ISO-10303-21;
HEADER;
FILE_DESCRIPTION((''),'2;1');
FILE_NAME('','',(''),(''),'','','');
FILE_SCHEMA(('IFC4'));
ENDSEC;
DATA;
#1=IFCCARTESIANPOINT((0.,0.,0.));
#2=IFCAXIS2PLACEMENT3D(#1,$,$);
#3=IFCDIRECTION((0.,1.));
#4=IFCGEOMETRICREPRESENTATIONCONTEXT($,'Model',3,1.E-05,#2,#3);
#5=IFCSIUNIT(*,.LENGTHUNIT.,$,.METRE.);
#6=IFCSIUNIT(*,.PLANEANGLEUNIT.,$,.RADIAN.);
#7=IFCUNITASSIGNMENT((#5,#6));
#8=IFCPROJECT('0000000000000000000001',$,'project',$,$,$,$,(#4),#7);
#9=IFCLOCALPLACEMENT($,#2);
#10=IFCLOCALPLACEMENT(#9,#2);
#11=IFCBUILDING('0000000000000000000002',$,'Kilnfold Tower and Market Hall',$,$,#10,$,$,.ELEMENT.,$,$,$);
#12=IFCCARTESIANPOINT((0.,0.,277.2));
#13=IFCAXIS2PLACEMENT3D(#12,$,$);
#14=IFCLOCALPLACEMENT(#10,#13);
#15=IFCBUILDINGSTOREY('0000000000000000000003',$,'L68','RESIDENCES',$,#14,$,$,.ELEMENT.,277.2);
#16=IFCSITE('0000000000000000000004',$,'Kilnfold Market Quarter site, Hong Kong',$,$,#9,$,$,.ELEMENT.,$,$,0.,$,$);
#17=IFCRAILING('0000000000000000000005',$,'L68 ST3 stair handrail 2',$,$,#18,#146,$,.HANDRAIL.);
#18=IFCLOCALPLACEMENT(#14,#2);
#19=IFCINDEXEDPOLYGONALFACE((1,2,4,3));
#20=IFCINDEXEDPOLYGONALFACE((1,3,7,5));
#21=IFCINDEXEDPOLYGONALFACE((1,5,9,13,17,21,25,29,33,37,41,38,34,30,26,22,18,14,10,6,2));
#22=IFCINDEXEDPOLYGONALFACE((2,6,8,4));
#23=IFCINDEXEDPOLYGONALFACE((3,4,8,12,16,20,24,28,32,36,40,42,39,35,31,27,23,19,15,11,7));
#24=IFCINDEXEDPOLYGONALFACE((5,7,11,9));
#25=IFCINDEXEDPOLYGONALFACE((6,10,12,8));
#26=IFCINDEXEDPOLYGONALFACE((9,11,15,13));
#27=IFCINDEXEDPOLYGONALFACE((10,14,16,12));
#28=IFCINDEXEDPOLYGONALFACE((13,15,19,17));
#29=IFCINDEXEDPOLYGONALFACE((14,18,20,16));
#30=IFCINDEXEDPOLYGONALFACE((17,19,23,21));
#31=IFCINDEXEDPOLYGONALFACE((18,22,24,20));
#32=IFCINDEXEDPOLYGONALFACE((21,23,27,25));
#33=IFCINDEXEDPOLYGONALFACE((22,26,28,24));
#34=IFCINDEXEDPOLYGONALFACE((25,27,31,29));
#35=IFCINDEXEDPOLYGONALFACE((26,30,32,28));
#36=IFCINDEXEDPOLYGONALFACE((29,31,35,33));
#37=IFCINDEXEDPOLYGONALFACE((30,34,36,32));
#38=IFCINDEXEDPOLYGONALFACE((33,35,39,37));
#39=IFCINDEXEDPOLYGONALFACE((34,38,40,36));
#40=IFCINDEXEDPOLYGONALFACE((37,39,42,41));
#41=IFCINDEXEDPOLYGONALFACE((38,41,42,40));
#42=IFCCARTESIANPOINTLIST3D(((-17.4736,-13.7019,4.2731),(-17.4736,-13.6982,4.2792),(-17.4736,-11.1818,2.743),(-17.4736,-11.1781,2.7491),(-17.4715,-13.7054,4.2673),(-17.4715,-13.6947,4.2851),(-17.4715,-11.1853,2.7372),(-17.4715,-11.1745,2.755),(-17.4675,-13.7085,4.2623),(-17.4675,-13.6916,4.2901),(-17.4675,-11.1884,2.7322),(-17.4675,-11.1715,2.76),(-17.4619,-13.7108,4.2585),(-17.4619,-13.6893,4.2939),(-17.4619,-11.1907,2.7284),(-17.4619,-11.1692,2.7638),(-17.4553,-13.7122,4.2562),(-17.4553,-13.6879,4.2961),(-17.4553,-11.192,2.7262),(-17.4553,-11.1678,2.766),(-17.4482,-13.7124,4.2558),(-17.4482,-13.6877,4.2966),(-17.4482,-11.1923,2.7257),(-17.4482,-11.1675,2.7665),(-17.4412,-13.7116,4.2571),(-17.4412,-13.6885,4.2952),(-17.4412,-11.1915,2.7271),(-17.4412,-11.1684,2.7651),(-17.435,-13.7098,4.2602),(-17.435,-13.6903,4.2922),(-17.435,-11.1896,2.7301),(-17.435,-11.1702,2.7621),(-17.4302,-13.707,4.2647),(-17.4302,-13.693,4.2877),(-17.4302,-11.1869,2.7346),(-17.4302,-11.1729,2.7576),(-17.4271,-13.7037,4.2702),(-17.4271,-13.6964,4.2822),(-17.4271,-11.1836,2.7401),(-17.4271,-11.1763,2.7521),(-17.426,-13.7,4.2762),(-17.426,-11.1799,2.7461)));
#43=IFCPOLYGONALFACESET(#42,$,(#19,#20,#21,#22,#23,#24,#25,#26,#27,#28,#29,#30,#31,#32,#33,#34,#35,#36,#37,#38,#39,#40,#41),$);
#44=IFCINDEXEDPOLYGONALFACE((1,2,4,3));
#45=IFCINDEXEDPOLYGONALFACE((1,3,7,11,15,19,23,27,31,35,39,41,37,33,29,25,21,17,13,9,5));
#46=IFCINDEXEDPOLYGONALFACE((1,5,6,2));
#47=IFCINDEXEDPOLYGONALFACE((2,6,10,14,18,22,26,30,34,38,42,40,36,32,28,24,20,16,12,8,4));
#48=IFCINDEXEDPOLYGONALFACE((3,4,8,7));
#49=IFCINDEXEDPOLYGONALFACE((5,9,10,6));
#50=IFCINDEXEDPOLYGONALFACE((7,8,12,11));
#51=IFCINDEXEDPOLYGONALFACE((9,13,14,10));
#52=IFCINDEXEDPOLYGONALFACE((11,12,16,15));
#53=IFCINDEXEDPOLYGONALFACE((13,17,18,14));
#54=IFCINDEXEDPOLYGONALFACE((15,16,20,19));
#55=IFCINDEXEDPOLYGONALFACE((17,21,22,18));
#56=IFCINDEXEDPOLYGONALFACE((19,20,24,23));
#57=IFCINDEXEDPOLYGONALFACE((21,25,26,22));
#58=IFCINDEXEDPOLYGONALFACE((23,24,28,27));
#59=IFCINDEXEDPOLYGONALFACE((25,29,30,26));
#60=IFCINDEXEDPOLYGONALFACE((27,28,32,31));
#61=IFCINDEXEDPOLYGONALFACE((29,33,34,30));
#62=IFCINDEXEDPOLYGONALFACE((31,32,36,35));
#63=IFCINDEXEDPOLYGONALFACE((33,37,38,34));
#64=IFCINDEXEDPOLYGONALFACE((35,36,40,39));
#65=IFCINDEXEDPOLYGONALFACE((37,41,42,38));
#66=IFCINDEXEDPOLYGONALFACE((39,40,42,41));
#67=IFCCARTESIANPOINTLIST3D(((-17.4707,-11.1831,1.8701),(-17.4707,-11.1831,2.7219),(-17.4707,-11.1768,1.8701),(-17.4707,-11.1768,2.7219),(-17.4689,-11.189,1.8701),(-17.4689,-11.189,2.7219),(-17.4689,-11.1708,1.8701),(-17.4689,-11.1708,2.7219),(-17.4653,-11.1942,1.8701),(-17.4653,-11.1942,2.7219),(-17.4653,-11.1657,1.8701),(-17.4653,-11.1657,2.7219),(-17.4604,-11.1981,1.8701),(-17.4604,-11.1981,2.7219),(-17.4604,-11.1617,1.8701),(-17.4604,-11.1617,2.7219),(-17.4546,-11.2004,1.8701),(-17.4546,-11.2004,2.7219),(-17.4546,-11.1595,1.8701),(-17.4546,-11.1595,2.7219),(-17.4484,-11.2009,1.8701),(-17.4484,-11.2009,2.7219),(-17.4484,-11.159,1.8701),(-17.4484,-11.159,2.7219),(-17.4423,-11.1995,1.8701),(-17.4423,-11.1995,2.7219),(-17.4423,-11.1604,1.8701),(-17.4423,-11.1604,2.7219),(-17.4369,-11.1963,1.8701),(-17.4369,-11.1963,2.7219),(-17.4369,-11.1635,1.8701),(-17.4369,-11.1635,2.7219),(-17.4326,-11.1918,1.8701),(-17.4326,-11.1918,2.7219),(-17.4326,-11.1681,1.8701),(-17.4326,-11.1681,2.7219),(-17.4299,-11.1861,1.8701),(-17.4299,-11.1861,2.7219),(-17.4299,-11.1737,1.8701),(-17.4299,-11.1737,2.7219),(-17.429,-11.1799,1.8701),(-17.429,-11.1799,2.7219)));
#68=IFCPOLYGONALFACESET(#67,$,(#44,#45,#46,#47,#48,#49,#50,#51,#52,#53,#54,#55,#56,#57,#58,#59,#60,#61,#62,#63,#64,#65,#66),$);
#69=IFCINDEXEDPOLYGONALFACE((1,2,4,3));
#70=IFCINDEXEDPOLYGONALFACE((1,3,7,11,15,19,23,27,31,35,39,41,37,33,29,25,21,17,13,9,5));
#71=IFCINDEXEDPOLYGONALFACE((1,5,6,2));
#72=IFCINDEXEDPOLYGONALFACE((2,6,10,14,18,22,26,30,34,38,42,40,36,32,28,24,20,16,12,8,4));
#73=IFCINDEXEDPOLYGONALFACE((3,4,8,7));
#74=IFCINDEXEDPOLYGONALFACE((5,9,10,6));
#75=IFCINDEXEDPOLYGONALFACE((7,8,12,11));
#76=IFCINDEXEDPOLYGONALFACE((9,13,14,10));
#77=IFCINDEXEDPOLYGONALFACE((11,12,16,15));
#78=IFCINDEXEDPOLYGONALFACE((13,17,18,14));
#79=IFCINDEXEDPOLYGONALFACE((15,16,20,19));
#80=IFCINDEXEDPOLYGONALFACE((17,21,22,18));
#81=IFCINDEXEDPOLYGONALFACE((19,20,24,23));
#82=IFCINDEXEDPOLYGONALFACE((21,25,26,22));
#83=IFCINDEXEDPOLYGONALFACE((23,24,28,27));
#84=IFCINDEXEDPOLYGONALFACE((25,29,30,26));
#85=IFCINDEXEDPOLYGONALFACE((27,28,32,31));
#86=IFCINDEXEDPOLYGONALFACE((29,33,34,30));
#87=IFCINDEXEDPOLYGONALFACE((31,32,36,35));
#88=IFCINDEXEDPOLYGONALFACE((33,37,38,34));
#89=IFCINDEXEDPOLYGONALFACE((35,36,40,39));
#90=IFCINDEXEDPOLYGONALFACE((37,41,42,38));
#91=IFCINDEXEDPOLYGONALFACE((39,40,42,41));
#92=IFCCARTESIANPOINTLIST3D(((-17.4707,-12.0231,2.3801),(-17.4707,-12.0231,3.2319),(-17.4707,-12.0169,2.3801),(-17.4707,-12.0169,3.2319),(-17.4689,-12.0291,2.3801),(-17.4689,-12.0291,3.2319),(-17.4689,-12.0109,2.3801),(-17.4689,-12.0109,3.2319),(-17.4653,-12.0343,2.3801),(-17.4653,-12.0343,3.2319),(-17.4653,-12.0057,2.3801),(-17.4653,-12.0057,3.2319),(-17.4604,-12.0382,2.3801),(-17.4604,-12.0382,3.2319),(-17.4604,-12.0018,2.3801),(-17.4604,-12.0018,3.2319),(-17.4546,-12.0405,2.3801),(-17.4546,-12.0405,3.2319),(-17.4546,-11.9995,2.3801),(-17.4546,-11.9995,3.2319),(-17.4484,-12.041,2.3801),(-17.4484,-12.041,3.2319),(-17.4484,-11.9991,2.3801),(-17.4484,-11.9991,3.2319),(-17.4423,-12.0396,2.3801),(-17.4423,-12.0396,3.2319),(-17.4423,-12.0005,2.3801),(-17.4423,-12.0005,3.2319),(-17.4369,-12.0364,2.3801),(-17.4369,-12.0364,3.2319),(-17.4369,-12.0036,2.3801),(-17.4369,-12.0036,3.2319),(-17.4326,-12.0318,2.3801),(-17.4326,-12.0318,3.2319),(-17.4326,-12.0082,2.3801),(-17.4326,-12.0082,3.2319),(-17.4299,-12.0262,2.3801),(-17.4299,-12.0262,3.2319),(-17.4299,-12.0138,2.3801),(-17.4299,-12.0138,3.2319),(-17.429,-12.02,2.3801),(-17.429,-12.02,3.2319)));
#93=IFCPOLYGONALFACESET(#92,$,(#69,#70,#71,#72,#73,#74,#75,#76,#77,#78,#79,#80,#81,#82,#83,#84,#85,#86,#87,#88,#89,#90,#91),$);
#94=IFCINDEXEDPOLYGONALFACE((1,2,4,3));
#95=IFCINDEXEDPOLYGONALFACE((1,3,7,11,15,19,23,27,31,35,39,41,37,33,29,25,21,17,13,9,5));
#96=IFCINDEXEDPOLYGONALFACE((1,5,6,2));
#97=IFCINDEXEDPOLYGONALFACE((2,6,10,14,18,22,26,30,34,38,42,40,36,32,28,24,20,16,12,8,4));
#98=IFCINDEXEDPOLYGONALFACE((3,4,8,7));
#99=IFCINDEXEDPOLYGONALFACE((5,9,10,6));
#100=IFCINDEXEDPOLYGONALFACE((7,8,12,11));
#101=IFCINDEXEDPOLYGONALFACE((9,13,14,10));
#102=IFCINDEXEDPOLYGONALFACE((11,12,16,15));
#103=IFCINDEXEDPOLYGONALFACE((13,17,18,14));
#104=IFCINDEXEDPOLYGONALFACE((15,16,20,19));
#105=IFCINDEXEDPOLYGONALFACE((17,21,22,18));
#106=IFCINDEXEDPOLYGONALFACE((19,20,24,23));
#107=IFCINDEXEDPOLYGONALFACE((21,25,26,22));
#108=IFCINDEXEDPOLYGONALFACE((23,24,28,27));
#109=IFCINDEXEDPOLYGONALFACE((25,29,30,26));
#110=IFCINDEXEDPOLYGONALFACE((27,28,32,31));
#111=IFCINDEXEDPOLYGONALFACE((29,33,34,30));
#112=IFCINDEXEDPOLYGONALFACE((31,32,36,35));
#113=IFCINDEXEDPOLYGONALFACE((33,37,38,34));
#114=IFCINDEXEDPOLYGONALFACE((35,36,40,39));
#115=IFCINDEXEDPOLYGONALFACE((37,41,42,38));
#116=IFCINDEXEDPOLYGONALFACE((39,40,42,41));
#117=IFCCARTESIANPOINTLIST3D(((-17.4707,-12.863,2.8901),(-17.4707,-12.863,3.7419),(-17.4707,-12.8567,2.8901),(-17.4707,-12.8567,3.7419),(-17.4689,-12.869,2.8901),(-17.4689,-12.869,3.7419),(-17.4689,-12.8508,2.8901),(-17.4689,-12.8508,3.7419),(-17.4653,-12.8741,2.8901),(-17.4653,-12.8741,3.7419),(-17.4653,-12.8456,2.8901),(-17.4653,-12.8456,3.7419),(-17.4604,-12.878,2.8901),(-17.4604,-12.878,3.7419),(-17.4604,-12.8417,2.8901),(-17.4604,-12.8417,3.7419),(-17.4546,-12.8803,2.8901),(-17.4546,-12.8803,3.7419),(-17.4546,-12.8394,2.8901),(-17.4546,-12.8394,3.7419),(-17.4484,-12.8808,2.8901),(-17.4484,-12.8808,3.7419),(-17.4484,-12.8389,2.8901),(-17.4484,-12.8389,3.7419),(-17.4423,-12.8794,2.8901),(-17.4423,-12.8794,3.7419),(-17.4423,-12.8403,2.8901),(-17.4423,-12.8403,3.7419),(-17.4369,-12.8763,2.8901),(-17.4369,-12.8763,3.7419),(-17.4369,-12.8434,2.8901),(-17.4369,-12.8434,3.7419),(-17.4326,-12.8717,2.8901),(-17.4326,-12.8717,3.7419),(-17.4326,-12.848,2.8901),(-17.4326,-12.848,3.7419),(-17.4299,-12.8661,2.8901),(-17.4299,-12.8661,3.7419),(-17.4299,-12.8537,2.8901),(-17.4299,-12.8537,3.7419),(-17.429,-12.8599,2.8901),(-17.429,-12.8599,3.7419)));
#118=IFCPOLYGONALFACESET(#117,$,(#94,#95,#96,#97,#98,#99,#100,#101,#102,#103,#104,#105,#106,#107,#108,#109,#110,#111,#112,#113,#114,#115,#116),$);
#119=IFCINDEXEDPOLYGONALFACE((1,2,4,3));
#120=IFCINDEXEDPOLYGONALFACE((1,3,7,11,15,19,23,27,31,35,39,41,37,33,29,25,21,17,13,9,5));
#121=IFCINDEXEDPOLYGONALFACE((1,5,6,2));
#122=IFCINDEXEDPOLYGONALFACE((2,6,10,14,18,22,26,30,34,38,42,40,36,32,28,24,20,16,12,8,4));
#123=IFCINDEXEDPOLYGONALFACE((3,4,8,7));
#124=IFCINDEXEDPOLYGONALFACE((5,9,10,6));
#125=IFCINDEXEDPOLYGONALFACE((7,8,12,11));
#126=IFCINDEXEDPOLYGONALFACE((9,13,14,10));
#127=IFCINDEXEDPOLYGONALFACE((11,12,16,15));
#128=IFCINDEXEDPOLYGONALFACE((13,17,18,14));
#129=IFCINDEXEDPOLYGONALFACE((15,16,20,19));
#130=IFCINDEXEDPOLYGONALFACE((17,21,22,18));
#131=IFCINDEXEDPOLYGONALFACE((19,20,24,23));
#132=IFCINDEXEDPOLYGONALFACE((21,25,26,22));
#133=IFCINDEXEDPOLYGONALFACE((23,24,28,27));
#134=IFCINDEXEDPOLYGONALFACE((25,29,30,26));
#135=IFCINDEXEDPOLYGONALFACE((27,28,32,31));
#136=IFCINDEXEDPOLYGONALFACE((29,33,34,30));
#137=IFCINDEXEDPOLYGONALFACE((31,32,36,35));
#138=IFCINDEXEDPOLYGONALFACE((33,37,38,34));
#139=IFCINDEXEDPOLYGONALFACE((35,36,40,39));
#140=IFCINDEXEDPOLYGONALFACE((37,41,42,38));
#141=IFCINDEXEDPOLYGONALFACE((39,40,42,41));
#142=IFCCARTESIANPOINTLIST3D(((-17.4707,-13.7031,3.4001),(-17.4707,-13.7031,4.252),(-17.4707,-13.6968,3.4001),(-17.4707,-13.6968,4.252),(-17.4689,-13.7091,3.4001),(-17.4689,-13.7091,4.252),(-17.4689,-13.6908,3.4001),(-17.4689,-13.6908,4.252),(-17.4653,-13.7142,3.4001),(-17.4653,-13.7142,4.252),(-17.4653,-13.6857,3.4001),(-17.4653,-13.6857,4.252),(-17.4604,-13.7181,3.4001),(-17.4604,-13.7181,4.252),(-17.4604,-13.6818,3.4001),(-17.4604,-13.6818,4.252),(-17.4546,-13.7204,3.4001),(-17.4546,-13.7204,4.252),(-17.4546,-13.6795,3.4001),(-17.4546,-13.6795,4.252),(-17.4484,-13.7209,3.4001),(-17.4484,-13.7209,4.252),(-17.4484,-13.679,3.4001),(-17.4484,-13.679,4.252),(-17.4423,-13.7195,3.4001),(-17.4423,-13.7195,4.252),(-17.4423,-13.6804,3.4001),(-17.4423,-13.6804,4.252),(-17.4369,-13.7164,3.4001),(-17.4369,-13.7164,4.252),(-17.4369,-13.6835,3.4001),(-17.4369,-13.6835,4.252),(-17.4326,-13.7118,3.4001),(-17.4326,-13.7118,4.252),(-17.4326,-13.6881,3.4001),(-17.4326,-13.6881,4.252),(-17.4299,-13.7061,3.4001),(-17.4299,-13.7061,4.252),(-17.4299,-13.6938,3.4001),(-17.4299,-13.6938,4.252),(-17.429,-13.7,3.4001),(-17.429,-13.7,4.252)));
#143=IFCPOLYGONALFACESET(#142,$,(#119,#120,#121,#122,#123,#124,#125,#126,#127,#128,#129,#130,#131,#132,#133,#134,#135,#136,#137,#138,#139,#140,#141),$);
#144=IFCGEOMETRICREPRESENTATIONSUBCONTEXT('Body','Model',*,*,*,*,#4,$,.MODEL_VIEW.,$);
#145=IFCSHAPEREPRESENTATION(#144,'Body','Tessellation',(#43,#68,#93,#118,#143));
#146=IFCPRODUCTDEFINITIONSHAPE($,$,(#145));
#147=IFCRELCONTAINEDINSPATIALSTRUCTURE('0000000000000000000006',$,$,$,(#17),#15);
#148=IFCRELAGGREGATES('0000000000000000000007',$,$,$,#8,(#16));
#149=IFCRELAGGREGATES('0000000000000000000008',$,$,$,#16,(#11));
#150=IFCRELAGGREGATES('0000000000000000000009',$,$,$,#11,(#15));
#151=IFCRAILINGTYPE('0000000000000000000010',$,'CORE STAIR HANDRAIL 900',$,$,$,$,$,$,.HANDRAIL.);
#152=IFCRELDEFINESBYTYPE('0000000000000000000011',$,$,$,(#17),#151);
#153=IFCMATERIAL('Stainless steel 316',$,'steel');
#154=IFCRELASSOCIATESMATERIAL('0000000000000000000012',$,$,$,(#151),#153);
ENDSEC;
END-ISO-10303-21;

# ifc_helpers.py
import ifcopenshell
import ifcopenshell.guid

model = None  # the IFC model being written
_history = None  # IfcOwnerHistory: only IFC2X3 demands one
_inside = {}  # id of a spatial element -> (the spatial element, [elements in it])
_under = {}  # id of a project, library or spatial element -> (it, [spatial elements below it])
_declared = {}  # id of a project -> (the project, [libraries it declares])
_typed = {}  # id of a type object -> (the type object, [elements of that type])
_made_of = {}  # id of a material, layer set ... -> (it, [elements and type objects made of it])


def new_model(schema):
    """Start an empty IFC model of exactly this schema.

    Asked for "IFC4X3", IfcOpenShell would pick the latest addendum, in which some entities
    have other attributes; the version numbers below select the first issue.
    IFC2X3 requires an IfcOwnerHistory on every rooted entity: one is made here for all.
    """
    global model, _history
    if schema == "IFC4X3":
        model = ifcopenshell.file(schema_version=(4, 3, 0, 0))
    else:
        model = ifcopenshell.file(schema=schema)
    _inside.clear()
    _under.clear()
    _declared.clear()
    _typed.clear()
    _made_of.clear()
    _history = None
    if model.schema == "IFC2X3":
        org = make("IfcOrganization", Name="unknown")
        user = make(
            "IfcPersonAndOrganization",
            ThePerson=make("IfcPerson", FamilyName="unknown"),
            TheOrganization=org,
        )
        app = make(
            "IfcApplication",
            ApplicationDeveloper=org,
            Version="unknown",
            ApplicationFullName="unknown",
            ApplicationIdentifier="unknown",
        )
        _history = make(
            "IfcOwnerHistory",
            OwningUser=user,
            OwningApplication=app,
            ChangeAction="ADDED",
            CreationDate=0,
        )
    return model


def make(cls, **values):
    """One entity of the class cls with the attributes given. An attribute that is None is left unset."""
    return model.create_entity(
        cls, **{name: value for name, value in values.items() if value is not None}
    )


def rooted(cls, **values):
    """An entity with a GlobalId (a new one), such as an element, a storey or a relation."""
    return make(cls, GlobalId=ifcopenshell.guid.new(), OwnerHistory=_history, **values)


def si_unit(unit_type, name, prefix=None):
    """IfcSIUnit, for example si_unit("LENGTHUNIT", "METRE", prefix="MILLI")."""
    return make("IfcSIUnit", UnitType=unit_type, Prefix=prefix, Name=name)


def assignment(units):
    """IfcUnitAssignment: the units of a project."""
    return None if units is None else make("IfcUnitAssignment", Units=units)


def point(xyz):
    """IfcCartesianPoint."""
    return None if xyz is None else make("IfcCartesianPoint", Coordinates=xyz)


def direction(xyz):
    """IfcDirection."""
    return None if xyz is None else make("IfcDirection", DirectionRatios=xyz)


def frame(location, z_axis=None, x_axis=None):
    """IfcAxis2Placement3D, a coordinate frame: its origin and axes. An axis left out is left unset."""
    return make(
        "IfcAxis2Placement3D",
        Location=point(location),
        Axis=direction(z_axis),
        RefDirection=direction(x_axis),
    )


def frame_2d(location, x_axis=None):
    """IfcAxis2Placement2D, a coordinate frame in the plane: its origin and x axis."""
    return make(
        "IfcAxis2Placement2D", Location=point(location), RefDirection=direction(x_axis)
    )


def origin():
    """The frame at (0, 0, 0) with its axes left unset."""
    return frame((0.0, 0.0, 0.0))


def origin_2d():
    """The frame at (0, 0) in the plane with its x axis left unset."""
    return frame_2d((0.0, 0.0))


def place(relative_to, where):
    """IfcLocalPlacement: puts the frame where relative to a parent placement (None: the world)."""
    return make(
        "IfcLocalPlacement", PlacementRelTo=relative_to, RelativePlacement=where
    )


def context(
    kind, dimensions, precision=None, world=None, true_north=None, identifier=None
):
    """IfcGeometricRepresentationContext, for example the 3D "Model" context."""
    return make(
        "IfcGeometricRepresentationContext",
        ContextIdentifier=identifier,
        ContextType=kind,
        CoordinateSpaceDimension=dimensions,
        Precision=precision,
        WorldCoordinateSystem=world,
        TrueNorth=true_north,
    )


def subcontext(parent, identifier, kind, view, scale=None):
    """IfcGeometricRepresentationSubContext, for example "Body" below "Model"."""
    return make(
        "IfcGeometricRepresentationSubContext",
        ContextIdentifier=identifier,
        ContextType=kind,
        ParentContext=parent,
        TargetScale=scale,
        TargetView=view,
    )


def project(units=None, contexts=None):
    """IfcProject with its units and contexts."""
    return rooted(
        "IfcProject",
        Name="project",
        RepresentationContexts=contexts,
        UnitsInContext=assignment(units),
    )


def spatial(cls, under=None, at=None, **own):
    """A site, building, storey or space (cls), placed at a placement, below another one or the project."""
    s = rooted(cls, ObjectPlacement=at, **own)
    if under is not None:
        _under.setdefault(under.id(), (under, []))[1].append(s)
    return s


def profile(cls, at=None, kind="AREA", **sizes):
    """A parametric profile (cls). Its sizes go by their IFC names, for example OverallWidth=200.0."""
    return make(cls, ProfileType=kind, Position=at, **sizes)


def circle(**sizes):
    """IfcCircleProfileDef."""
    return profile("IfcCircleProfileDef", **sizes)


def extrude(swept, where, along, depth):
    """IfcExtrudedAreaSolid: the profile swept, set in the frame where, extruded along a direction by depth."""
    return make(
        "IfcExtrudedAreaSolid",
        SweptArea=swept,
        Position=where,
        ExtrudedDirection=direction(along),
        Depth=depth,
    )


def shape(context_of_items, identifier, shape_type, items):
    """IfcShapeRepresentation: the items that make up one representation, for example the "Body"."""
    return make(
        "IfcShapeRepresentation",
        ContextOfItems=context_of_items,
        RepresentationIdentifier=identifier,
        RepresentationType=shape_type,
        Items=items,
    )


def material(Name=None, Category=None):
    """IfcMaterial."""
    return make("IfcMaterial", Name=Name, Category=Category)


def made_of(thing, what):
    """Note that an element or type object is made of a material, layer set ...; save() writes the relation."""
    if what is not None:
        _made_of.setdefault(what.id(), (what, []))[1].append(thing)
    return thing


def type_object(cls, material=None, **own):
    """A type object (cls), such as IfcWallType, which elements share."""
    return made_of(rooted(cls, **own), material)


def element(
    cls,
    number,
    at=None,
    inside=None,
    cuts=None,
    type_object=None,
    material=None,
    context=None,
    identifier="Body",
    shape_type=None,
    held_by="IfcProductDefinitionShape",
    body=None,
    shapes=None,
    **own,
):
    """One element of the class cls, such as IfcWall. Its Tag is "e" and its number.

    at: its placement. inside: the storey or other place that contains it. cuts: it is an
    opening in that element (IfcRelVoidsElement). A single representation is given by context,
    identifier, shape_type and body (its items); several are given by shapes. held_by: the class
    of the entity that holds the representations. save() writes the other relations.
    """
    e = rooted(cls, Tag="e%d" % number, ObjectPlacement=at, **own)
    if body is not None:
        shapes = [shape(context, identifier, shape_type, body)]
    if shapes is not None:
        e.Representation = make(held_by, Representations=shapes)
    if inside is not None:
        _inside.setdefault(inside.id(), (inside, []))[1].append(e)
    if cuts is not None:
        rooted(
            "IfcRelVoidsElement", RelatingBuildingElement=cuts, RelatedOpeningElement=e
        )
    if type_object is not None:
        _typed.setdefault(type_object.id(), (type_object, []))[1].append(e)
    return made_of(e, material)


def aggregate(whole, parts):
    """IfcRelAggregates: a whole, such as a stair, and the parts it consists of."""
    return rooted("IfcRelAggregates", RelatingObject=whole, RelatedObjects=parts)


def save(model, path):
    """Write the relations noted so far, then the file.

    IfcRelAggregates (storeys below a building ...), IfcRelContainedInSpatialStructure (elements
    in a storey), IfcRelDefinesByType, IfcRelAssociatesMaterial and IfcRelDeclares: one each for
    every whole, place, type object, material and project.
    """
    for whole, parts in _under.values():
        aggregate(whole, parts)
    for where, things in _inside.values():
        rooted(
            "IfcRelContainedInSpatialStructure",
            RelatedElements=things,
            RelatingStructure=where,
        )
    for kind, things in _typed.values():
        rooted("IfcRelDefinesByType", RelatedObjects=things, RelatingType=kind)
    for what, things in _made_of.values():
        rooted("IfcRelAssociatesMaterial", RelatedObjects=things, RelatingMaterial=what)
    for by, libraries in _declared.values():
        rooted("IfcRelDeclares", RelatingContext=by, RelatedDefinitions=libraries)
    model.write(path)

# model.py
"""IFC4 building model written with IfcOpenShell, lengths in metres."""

from ifc_helpers import new_model, si_unit, direction, frame, origin, origin_2d, place, context, subcontext, project, spatial, circle, extrude, material, type_object, element, save


model = new_model("IFC4")

# Units and contexts
model_context = context("Model", 3, precision=1e-05, world=origin(), true_north=direction((0.0, 1.0)))
body_context = subcontext(model_context, "Body", "Model", "MODEL_VIEW")
ifc_project = project(units=[si_unit("LENGTHUNIT", "METRE"), si_unit("PLANEANGLEUNIT", "RADIAN")], contexts=[model_context])

# Site, building, storey
site_placement = place(None, origin())
site = spatial("IfcSite", under=ifc_project, at=site_placement, Name="Kilnfold Market Quarter site, Hong Kong", CompositionType="ELEMENT", RefElevation=0.0)
building_placement = place(site_placement, origin())
building = spatial("IfcBuilding", under=site, at=building_placement, Name="Kilnfold Tower and Market Hall", CompositionType="ELEMENT")
storey_placement = place(building_placement, frame((0.0, 0.0, 277.2)))
storey = spatial("IfcBuildingStorey", under=building, at=storey_placement, Name="L68", Description="RESIDENCES", CompositionType="ELEMENT", Elevation=277.2)

# Railing
ifc_material_1 = material(Name="Stainless steel 316", Category="steel")
railing_type_1 = type_object("IfcRailingType", Name="CORE STAIR HANDRAIL 900", PredefinedType="HANDRAIL", material=ifc_material_1)
railing_1_placement = place(storey_placement, frame((-17.45, -11.1799, 1.8701)))
element("IfcRailing", 1, at=railing_1_placement, inside=storey, type_object=railing_type_1, Name="L68 ST3 stair handrail 2", PredefinedType="HANDRAIL", context=body_context, shape_type="SweptSolid", body=[
    extrude(circle(Radius=0.0239, at=origin_2d()), frame((0.0, 0.0, 0.876), z_axis=(0.0, -0.854785, 0.518982), x_axis=(1.0, 0.0, 0.0)), (0.0, 0.0, 1.0), 2.9482),
    extrude(circle(Radius=0.021, at=origin_2d()), origin(), (0.0, 0.0, 1.0), 0.8518),
    extrude(circle(Radius=0.021, at=origin_2d()), frame((0.0, -0.8401, 0.51)), (0.0, 0.0, 1.0), 0.8518),
    extrude(circle(Radius=0.021, at=origin_2d()), frame((0.0, -1.6799, 1.02)), (0.0, 0.0, 1.0), 0.8518),
    extrude(circle(Radius=0.021, at=origin_2d()), frame((0.0, -2.52, 1.53)), (0.0, 0.0, 1.0), 0.8518),
])

save(model, "model.ifc")
